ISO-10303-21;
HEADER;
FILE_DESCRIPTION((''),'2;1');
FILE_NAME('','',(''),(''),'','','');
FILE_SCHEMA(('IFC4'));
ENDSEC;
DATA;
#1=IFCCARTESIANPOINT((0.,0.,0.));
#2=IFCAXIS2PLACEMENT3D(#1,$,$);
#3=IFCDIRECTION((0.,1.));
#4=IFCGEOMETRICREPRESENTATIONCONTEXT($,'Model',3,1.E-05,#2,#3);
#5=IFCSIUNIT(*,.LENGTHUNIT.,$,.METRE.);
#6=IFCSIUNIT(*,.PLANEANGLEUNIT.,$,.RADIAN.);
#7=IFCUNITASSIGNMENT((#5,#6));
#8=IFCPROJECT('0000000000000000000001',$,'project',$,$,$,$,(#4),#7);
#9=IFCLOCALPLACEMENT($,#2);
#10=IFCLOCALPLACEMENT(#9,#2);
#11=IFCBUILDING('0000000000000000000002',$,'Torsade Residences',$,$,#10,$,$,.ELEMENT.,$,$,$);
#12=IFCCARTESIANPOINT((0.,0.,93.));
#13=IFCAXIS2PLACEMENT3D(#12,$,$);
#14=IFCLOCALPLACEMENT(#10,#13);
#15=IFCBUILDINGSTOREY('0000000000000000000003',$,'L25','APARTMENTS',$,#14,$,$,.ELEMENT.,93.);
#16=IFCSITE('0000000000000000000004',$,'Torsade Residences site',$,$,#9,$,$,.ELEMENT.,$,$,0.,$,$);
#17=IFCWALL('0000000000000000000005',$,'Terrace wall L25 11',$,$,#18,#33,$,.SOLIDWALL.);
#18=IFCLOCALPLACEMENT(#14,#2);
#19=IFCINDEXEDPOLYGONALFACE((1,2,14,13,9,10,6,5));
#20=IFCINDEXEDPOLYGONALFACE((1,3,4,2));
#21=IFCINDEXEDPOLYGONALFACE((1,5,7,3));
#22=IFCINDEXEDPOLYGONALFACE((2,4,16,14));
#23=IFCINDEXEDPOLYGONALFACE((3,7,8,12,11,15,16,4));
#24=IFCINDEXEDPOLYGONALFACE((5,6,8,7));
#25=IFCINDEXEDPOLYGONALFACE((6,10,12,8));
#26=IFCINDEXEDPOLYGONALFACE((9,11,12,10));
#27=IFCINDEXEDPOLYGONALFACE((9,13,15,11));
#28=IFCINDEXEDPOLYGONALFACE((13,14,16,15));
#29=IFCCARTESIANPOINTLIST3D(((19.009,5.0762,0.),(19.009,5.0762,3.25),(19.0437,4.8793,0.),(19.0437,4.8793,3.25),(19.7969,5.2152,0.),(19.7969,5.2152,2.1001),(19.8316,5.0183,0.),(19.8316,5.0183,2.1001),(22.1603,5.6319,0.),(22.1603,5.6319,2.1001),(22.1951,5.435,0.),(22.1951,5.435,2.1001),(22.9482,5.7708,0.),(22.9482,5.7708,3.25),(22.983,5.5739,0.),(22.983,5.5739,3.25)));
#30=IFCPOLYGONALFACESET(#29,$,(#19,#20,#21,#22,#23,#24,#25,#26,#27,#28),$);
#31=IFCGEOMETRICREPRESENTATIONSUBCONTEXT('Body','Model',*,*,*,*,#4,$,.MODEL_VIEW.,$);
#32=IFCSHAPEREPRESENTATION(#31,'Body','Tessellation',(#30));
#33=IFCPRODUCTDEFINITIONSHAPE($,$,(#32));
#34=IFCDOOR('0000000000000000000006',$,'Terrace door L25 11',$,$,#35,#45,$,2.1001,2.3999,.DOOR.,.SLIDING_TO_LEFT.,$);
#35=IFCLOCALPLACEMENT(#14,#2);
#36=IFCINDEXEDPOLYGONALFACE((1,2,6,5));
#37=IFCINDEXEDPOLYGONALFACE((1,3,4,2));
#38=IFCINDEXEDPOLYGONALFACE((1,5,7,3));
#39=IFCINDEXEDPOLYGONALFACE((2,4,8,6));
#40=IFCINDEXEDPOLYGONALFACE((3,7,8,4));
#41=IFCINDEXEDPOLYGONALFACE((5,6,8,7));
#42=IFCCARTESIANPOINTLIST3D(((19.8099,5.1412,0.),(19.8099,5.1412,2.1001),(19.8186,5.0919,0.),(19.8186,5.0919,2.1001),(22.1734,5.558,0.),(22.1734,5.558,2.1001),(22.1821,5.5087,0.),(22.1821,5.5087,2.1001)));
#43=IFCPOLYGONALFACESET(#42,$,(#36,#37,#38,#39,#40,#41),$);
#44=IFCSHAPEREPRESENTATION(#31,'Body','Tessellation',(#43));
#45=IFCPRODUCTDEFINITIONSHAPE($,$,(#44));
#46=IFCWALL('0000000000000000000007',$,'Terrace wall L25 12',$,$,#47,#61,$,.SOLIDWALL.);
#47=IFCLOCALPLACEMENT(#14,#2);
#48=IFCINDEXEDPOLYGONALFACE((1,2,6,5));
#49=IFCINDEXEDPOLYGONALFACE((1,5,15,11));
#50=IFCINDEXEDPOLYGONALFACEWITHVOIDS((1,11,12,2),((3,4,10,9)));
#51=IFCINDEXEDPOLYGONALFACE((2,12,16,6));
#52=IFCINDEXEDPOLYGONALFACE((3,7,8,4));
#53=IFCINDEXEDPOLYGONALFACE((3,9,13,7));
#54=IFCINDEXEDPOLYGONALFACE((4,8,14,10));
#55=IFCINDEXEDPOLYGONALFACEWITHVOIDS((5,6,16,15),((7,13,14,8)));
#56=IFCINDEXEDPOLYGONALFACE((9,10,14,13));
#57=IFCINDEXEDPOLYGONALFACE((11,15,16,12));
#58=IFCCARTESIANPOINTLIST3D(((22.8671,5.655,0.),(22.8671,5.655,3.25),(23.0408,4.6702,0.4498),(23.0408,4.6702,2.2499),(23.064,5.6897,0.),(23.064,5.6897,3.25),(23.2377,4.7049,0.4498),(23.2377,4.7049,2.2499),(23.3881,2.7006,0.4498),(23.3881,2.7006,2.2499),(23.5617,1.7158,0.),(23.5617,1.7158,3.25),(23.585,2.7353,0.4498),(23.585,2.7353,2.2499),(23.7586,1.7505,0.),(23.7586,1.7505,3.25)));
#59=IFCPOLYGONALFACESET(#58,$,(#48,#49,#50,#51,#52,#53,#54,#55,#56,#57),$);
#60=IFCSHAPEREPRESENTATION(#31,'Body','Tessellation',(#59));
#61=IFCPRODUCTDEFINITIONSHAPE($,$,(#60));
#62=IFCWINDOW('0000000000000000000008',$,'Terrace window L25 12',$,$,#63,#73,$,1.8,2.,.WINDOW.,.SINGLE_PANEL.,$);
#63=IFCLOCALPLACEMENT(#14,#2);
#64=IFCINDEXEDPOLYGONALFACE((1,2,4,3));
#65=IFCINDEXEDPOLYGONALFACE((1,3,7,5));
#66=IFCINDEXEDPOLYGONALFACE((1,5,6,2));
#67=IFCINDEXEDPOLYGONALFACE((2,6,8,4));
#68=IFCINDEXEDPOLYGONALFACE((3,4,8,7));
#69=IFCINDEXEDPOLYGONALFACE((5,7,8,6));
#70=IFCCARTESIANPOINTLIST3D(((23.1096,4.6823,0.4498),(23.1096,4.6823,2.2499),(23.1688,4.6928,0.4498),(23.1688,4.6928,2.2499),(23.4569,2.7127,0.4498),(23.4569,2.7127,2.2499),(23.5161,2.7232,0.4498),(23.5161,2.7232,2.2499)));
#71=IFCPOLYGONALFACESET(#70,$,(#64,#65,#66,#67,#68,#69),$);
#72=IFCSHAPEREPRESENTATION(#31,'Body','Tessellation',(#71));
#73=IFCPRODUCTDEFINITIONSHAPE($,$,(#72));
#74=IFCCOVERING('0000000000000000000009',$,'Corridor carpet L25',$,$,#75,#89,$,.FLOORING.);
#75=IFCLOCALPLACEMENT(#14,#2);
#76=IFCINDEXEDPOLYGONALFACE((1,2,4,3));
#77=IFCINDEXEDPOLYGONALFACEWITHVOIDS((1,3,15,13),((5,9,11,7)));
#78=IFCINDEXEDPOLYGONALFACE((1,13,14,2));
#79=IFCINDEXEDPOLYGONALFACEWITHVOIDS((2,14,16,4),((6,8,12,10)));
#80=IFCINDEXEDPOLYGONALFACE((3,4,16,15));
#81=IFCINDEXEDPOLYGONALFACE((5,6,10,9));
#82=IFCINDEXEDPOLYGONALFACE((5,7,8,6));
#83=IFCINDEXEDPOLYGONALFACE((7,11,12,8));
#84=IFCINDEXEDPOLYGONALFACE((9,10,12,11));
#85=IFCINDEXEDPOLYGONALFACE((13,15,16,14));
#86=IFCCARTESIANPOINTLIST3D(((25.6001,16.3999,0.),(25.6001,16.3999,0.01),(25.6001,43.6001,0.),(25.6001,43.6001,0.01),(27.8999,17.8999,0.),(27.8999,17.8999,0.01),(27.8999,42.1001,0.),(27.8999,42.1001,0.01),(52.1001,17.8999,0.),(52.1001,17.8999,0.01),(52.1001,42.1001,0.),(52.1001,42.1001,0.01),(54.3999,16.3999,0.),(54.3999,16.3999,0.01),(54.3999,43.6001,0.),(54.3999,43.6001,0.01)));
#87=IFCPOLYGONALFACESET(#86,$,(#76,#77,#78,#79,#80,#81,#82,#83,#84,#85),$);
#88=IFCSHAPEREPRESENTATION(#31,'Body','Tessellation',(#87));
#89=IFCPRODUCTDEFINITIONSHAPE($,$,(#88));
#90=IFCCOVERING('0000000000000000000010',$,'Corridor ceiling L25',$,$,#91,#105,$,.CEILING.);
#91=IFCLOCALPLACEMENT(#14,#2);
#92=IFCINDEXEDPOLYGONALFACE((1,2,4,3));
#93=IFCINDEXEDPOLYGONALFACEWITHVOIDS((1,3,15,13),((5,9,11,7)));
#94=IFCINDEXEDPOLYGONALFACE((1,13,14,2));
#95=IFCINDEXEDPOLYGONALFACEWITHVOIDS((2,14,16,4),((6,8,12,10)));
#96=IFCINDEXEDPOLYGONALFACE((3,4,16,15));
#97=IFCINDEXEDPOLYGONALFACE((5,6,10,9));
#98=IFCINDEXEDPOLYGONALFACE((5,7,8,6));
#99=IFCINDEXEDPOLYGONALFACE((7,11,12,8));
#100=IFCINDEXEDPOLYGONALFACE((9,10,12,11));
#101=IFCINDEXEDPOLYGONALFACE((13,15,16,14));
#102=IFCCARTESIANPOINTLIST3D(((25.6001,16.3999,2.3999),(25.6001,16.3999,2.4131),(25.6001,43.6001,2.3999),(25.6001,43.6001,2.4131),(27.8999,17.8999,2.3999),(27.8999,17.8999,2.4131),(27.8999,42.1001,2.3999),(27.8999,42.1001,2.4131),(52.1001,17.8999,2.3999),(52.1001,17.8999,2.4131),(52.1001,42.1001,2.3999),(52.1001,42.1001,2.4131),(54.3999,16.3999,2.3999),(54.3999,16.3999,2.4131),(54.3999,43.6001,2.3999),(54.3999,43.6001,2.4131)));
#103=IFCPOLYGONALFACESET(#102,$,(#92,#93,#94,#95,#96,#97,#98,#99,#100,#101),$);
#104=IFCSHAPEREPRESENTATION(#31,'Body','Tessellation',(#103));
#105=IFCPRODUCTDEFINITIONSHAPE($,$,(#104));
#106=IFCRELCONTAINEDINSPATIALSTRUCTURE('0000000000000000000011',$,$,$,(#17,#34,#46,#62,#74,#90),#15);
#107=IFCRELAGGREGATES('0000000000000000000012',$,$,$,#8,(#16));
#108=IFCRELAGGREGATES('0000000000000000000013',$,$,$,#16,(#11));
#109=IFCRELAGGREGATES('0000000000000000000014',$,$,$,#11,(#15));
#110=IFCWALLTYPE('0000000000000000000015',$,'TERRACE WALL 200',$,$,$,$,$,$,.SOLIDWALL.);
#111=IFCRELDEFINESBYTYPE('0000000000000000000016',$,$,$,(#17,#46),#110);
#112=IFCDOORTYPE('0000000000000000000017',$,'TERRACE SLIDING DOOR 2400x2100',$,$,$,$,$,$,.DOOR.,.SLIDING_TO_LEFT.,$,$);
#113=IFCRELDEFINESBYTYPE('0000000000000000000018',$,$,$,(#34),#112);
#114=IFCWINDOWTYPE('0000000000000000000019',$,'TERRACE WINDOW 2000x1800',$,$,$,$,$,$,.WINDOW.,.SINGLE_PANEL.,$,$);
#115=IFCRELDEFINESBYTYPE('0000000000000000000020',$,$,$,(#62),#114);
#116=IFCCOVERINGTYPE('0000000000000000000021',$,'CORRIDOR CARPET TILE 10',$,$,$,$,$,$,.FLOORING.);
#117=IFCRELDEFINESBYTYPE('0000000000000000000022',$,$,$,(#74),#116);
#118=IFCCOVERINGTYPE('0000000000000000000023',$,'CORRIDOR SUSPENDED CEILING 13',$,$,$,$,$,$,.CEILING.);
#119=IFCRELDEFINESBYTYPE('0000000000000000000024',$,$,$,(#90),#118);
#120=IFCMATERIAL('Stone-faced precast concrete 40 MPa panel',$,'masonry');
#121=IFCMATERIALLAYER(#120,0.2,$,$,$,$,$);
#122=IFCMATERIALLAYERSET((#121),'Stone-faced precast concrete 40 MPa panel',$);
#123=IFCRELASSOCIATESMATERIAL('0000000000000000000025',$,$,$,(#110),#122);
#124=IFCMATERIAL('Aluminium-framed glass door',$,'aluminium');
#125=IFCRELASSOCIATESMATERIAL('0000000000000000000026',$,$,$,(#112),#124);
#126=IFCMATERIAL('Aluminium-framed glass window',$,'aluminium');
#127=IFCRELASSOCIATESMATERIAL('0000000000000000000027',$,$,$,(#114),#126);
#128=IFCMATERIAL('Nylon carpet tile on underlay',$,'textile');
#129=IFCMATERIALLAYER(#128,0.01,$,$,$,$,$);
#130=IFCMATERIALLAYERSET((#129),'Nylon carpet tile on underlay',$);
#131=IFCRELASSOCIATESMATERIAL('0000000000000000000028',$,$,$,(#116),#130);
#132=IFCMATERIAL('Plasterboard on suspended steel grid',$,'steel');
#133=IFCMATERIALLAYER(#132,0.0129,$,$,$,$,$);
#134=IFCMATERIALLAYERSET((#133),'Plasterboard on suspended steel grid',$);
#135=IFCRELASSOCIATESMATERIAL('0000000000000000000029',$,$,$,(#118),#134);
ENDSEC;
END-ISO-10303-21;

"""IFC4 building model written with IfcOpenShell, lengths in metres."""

from ifc_helpers import new_model, si_unit, direction, frame, frame_2d, origin, place, context, subcontext, project, spatial, polyline, rectangle, outline, extrude, material, layer, layer_set, type_object, element, fill, save


model = new_model("IFC4")

# Units and contexts
model_context = context("Model", 3, precision=1e-05, world=origin(), true_north=direction((0.0, 1.0)))
body_context = subcontext(model_context, "Body", "Model", "MODEL_VIEW")
ifc_project = project(units=[si_unit("LENGTHUNIT", "METRE"), si_unit("PLANEANGLEUNIT", "RADIAN")], contexts=[model_context])

# Site, building, storey
site_placement = place(None, origin())
site = spatial("IfcSite", under=ifc_project, at=site_placement, Name="Torsade Residences site", CompositionType="ELEMENT", RefElevation=0.0)
building_placement = place(site_placement, origin())
building = spatial("IfcBuilding", under=site, at=building_placement, Name="Torsade Residences", CompositionType="ELEMENT")
storey_placement = place(building_placement, frame((0.0, 0.0, 93.0)))
storey = spatial("IfcBuildingStorey", under=building, at=storey_placement, Name="L25", Description="APARTMENTS", CompositionType="ELEMENT", Elevation=93.0)

# Wall, opening, door
ifc_material_1 = material(Name="Stone-faced precast concrete 40 MPa panel", Category="masonry")
ifc_layer_1 = layer(ifc_material_1, 0.2)
ifc_layer_set_1 = layer_set([ifc_layer_1], Name="Stone-faced precast concrete 40 MPa panel")
wall_type_1 = type_object("IfcWallType", Name="TERRACE WALL 200", PredefinedType="SOLIDWALL", material=ifc_layer_set_1)
wall_1_placement = place(storey_placement, frame((19.0264, 4.9778, 0.0), z_axis=(0.0, 0.0, 1.0), x_axis=(0.984808, 0.173646, 0.0)))
wall_1 = element("IfcWall", 1, at=wall_1_placement, inside=storey, type_object=wall_type_1, Name="Terrace wall L25 11", PredefinedType="SOLIDWALL", context=body_context, shape_type="SweptSolid", body=[
    extrude(rectangle(XDim=4.0, YDim=0.2, at=frame_2d((2.0, 0.0))), origin(), (0.0, 0.0, 1.0), 3.25),
])
opening_1_placement = place(wall_1_placement, frame((0.8, 0.0, 0.0)))
opening_1 = element("IfcOpeningElement", 2, at=opening_1_placement, cuts=wall_1, PredefinedType="OPENING", context=body_context, shape_type="SweptSolid", body=[
    extrude(rectangle(XDim=2.3999, YDim=2.1001, at=frame_2d((1.2, 1.05))), frame((0.0, 0.1099, 0.0), z_axis=(0.0, -1.0, 0.0), x_axis=(1.0, 0.0, 0.0)), (0.0, 0.0, 1.0), 0.22),
])
ifc_material_2 = material(Name="Aluminium-framed glass door", Category="aluminium")
door_type_1 = type_object("IfcDoorType", Name="TERRACE SLIDING DOOR 2400x2100", OperationType="SLIDING_TO_LEFT", PredefinedType="DOOR", material=ifc_material_2)
door_1_placement = place(opening_1_placement, origin())
door_1 = element("IfcDoor", 3, at=door_1_placement, inside=storey, type_object=door_type_1, Name="Terrace door L25 11", OperationType="SLIDING_TO_LEFT", OverallHeight=2.1001, OverallWidth=2.3999, PredefinedType="DOOR", context=body_context, shape_type="SweptSolid", body=[
    extrude(rectangle(XDim=2.3999, YDim=2.1001, at=frame_2d((1.2, 1.05))), frame((0.0, 0.0249, 0.0), z_axis=(0.0, -1.0, 0.0), x_axis=(1.0, 0.0, 0.0)), (0.0, 0.0, 1.0), 0.05),
])
fill(opening_1, door_1)

# Wall, opening, window
wall_2_placement = place(storey_placement, frame((22.9656, 5.6724, 0.0), z_axis=(0.0, 0.0, 1.0), x_axis=(0.173646, -0.984808, 0.0)))
wall_2 = element("IfcWall", 4, at=wall_2_placement, inside=storey, type_object=wall_type_1, Name="Terrace wall L25 12", PredefinedType="SOLIDWALL", context=body_context, shape_type="SweptSolid", body=[
    extrude(rectangle(XDim=4.0, YDim=0.2, at=frame_2d((2.0, 0.0))), origin(), (0.0, 0.0, 1.0), 3.25),
])
opening_2_placement = place(wall_2_placement, frame((1.0, 0.0, 0.45)))
opening_2 = element("IfcOpeningElement", 5, at=opening_2_placement, cuts=wall_2, PredefinedType="OPENING", context=body_context, shape_type="SweptSolid", body=[
    extrude(rectangle(XDim=2.0, YDim=1.8, at=frame_2d((1.0, 0.8999))), frame((0.0, 0.1099, 0.0), z_axis=(0.0, -1.0, 0.0), x_axis=(1.0, 0.0, 0.0)), (0.0, 0.0, 1.0), 0.22),
])
ifc_material_3 = material(Name="Aluminium-framed glass window", Category="aluminium")
window_type = type_object("IfcWindowType", Name="TERRACE WINDOW 2000x1800", PartitioningType="SINGLE_PANEL", PredefinedType="WINDOW", material=ifc_material_3)
window_placement = place(opening_2_placement, origin())
window = element("IfcWindow", 6, at=window_placement, inside=storey, type_object=window_type, Name="Terrace window L25 12", OverallHeight=1.8, OverallWidth=2.0, PartitioningType="SINGLE_PANEL", PredefinedType="WINDOW", context=body_context, shape_type="SweptSolid", body=[
    extrude(rectangle(XDim=2.0, YDim=1.8, at=frame_2d((1.0, 0.8999))), frame((0.0, 0.03, 0.0), z_axis=(0.0, -1.0, 0.0), x_axis=(1.0, 0.0, 0.0)), (0.0, 0.0, 1.0), 0.0601),
])
fill(opening_2, window)

# Coverings
ifc_material_4 = material(Name="Nylon carpet tile on underlay", Category="textile")
ifc_layer_2 = layer(ifc_material_4, 0.01)
ifc_layer_set_2 = layer_set([ifc_layer_2], Name="Nylon carpet tile on underlay")
covering_type_1 = type_object("IfcCoveringType", Name="CORRIDOR CARPET TILE 10", PredefinedType="FLOORING", material=ifc_layer_set_2)
covering_1_placement = place(storey_placement, origin())
element("IfcCovering", 7, at=covering_1_placement, inside=storey, type_object=covering_type_1, Name="Corridor carpet L25", PredefinedType="FLOORING", context=body_context, shape_type="SweptSolid", body=[
    extrude(outline(polyline([(54.3999, 16.3999), (54.3999, 43.6001), (25.6001, 43.6001), (25.6001, 16.3999), (54.3999, 16.3999)]), holes=[polyline([(52.1001, 42.1001), (27.8999, 42.1001), (27.8999, 17.8999), (52.1001, 17.8999), (52.1001, 42.1001)])]), origin(), (0.0, 0.0, 1.0), 0.01),
])
ifc_material_5 = material(Name="Plasterboard on suspended steel grid", Category="steel")
ifc_layer_3 = layer(ifc_material_5, 0.0129)
ifc_layer_set_3 = layer_set([ifc_layer_3], Name="Plasterboard on suspended steel grid")
covering_type_2 = type_object("IfcCoveringType", Name="CORRIDOR SUSPENDED CEILING 13", PredefinedType="CEILING", material=ifc_layer_set_3)
covering_2_placement = place(storey_placement, frame((0.0, 0.0, 2.3999)))
element("IfcCovering", 8, at=covering_2_placement, inside=storey, type_object=covering_type_2, Name="Corridor ceiling L25", PredefinedType="CEILING", context=body_context, shape_type="SweptSolid", body=[
    extrude(outline(polyline([(54.3999, 16.3999), (54.3999, 43.6001), (25.6001, 43.6001), (25.6001, 16.3999), (54.3999, 16.3999)]), holes=[polyline([(52.1001, 42.1001), (27.8999, 42.1001), (27.8999, 17.8999), (52.1001, 17.8999), (52.1001, 42.1001)])]), origin(), (0.0, 0.0, 1.0), 0.0132),
])

save(model, "model.ifc")
